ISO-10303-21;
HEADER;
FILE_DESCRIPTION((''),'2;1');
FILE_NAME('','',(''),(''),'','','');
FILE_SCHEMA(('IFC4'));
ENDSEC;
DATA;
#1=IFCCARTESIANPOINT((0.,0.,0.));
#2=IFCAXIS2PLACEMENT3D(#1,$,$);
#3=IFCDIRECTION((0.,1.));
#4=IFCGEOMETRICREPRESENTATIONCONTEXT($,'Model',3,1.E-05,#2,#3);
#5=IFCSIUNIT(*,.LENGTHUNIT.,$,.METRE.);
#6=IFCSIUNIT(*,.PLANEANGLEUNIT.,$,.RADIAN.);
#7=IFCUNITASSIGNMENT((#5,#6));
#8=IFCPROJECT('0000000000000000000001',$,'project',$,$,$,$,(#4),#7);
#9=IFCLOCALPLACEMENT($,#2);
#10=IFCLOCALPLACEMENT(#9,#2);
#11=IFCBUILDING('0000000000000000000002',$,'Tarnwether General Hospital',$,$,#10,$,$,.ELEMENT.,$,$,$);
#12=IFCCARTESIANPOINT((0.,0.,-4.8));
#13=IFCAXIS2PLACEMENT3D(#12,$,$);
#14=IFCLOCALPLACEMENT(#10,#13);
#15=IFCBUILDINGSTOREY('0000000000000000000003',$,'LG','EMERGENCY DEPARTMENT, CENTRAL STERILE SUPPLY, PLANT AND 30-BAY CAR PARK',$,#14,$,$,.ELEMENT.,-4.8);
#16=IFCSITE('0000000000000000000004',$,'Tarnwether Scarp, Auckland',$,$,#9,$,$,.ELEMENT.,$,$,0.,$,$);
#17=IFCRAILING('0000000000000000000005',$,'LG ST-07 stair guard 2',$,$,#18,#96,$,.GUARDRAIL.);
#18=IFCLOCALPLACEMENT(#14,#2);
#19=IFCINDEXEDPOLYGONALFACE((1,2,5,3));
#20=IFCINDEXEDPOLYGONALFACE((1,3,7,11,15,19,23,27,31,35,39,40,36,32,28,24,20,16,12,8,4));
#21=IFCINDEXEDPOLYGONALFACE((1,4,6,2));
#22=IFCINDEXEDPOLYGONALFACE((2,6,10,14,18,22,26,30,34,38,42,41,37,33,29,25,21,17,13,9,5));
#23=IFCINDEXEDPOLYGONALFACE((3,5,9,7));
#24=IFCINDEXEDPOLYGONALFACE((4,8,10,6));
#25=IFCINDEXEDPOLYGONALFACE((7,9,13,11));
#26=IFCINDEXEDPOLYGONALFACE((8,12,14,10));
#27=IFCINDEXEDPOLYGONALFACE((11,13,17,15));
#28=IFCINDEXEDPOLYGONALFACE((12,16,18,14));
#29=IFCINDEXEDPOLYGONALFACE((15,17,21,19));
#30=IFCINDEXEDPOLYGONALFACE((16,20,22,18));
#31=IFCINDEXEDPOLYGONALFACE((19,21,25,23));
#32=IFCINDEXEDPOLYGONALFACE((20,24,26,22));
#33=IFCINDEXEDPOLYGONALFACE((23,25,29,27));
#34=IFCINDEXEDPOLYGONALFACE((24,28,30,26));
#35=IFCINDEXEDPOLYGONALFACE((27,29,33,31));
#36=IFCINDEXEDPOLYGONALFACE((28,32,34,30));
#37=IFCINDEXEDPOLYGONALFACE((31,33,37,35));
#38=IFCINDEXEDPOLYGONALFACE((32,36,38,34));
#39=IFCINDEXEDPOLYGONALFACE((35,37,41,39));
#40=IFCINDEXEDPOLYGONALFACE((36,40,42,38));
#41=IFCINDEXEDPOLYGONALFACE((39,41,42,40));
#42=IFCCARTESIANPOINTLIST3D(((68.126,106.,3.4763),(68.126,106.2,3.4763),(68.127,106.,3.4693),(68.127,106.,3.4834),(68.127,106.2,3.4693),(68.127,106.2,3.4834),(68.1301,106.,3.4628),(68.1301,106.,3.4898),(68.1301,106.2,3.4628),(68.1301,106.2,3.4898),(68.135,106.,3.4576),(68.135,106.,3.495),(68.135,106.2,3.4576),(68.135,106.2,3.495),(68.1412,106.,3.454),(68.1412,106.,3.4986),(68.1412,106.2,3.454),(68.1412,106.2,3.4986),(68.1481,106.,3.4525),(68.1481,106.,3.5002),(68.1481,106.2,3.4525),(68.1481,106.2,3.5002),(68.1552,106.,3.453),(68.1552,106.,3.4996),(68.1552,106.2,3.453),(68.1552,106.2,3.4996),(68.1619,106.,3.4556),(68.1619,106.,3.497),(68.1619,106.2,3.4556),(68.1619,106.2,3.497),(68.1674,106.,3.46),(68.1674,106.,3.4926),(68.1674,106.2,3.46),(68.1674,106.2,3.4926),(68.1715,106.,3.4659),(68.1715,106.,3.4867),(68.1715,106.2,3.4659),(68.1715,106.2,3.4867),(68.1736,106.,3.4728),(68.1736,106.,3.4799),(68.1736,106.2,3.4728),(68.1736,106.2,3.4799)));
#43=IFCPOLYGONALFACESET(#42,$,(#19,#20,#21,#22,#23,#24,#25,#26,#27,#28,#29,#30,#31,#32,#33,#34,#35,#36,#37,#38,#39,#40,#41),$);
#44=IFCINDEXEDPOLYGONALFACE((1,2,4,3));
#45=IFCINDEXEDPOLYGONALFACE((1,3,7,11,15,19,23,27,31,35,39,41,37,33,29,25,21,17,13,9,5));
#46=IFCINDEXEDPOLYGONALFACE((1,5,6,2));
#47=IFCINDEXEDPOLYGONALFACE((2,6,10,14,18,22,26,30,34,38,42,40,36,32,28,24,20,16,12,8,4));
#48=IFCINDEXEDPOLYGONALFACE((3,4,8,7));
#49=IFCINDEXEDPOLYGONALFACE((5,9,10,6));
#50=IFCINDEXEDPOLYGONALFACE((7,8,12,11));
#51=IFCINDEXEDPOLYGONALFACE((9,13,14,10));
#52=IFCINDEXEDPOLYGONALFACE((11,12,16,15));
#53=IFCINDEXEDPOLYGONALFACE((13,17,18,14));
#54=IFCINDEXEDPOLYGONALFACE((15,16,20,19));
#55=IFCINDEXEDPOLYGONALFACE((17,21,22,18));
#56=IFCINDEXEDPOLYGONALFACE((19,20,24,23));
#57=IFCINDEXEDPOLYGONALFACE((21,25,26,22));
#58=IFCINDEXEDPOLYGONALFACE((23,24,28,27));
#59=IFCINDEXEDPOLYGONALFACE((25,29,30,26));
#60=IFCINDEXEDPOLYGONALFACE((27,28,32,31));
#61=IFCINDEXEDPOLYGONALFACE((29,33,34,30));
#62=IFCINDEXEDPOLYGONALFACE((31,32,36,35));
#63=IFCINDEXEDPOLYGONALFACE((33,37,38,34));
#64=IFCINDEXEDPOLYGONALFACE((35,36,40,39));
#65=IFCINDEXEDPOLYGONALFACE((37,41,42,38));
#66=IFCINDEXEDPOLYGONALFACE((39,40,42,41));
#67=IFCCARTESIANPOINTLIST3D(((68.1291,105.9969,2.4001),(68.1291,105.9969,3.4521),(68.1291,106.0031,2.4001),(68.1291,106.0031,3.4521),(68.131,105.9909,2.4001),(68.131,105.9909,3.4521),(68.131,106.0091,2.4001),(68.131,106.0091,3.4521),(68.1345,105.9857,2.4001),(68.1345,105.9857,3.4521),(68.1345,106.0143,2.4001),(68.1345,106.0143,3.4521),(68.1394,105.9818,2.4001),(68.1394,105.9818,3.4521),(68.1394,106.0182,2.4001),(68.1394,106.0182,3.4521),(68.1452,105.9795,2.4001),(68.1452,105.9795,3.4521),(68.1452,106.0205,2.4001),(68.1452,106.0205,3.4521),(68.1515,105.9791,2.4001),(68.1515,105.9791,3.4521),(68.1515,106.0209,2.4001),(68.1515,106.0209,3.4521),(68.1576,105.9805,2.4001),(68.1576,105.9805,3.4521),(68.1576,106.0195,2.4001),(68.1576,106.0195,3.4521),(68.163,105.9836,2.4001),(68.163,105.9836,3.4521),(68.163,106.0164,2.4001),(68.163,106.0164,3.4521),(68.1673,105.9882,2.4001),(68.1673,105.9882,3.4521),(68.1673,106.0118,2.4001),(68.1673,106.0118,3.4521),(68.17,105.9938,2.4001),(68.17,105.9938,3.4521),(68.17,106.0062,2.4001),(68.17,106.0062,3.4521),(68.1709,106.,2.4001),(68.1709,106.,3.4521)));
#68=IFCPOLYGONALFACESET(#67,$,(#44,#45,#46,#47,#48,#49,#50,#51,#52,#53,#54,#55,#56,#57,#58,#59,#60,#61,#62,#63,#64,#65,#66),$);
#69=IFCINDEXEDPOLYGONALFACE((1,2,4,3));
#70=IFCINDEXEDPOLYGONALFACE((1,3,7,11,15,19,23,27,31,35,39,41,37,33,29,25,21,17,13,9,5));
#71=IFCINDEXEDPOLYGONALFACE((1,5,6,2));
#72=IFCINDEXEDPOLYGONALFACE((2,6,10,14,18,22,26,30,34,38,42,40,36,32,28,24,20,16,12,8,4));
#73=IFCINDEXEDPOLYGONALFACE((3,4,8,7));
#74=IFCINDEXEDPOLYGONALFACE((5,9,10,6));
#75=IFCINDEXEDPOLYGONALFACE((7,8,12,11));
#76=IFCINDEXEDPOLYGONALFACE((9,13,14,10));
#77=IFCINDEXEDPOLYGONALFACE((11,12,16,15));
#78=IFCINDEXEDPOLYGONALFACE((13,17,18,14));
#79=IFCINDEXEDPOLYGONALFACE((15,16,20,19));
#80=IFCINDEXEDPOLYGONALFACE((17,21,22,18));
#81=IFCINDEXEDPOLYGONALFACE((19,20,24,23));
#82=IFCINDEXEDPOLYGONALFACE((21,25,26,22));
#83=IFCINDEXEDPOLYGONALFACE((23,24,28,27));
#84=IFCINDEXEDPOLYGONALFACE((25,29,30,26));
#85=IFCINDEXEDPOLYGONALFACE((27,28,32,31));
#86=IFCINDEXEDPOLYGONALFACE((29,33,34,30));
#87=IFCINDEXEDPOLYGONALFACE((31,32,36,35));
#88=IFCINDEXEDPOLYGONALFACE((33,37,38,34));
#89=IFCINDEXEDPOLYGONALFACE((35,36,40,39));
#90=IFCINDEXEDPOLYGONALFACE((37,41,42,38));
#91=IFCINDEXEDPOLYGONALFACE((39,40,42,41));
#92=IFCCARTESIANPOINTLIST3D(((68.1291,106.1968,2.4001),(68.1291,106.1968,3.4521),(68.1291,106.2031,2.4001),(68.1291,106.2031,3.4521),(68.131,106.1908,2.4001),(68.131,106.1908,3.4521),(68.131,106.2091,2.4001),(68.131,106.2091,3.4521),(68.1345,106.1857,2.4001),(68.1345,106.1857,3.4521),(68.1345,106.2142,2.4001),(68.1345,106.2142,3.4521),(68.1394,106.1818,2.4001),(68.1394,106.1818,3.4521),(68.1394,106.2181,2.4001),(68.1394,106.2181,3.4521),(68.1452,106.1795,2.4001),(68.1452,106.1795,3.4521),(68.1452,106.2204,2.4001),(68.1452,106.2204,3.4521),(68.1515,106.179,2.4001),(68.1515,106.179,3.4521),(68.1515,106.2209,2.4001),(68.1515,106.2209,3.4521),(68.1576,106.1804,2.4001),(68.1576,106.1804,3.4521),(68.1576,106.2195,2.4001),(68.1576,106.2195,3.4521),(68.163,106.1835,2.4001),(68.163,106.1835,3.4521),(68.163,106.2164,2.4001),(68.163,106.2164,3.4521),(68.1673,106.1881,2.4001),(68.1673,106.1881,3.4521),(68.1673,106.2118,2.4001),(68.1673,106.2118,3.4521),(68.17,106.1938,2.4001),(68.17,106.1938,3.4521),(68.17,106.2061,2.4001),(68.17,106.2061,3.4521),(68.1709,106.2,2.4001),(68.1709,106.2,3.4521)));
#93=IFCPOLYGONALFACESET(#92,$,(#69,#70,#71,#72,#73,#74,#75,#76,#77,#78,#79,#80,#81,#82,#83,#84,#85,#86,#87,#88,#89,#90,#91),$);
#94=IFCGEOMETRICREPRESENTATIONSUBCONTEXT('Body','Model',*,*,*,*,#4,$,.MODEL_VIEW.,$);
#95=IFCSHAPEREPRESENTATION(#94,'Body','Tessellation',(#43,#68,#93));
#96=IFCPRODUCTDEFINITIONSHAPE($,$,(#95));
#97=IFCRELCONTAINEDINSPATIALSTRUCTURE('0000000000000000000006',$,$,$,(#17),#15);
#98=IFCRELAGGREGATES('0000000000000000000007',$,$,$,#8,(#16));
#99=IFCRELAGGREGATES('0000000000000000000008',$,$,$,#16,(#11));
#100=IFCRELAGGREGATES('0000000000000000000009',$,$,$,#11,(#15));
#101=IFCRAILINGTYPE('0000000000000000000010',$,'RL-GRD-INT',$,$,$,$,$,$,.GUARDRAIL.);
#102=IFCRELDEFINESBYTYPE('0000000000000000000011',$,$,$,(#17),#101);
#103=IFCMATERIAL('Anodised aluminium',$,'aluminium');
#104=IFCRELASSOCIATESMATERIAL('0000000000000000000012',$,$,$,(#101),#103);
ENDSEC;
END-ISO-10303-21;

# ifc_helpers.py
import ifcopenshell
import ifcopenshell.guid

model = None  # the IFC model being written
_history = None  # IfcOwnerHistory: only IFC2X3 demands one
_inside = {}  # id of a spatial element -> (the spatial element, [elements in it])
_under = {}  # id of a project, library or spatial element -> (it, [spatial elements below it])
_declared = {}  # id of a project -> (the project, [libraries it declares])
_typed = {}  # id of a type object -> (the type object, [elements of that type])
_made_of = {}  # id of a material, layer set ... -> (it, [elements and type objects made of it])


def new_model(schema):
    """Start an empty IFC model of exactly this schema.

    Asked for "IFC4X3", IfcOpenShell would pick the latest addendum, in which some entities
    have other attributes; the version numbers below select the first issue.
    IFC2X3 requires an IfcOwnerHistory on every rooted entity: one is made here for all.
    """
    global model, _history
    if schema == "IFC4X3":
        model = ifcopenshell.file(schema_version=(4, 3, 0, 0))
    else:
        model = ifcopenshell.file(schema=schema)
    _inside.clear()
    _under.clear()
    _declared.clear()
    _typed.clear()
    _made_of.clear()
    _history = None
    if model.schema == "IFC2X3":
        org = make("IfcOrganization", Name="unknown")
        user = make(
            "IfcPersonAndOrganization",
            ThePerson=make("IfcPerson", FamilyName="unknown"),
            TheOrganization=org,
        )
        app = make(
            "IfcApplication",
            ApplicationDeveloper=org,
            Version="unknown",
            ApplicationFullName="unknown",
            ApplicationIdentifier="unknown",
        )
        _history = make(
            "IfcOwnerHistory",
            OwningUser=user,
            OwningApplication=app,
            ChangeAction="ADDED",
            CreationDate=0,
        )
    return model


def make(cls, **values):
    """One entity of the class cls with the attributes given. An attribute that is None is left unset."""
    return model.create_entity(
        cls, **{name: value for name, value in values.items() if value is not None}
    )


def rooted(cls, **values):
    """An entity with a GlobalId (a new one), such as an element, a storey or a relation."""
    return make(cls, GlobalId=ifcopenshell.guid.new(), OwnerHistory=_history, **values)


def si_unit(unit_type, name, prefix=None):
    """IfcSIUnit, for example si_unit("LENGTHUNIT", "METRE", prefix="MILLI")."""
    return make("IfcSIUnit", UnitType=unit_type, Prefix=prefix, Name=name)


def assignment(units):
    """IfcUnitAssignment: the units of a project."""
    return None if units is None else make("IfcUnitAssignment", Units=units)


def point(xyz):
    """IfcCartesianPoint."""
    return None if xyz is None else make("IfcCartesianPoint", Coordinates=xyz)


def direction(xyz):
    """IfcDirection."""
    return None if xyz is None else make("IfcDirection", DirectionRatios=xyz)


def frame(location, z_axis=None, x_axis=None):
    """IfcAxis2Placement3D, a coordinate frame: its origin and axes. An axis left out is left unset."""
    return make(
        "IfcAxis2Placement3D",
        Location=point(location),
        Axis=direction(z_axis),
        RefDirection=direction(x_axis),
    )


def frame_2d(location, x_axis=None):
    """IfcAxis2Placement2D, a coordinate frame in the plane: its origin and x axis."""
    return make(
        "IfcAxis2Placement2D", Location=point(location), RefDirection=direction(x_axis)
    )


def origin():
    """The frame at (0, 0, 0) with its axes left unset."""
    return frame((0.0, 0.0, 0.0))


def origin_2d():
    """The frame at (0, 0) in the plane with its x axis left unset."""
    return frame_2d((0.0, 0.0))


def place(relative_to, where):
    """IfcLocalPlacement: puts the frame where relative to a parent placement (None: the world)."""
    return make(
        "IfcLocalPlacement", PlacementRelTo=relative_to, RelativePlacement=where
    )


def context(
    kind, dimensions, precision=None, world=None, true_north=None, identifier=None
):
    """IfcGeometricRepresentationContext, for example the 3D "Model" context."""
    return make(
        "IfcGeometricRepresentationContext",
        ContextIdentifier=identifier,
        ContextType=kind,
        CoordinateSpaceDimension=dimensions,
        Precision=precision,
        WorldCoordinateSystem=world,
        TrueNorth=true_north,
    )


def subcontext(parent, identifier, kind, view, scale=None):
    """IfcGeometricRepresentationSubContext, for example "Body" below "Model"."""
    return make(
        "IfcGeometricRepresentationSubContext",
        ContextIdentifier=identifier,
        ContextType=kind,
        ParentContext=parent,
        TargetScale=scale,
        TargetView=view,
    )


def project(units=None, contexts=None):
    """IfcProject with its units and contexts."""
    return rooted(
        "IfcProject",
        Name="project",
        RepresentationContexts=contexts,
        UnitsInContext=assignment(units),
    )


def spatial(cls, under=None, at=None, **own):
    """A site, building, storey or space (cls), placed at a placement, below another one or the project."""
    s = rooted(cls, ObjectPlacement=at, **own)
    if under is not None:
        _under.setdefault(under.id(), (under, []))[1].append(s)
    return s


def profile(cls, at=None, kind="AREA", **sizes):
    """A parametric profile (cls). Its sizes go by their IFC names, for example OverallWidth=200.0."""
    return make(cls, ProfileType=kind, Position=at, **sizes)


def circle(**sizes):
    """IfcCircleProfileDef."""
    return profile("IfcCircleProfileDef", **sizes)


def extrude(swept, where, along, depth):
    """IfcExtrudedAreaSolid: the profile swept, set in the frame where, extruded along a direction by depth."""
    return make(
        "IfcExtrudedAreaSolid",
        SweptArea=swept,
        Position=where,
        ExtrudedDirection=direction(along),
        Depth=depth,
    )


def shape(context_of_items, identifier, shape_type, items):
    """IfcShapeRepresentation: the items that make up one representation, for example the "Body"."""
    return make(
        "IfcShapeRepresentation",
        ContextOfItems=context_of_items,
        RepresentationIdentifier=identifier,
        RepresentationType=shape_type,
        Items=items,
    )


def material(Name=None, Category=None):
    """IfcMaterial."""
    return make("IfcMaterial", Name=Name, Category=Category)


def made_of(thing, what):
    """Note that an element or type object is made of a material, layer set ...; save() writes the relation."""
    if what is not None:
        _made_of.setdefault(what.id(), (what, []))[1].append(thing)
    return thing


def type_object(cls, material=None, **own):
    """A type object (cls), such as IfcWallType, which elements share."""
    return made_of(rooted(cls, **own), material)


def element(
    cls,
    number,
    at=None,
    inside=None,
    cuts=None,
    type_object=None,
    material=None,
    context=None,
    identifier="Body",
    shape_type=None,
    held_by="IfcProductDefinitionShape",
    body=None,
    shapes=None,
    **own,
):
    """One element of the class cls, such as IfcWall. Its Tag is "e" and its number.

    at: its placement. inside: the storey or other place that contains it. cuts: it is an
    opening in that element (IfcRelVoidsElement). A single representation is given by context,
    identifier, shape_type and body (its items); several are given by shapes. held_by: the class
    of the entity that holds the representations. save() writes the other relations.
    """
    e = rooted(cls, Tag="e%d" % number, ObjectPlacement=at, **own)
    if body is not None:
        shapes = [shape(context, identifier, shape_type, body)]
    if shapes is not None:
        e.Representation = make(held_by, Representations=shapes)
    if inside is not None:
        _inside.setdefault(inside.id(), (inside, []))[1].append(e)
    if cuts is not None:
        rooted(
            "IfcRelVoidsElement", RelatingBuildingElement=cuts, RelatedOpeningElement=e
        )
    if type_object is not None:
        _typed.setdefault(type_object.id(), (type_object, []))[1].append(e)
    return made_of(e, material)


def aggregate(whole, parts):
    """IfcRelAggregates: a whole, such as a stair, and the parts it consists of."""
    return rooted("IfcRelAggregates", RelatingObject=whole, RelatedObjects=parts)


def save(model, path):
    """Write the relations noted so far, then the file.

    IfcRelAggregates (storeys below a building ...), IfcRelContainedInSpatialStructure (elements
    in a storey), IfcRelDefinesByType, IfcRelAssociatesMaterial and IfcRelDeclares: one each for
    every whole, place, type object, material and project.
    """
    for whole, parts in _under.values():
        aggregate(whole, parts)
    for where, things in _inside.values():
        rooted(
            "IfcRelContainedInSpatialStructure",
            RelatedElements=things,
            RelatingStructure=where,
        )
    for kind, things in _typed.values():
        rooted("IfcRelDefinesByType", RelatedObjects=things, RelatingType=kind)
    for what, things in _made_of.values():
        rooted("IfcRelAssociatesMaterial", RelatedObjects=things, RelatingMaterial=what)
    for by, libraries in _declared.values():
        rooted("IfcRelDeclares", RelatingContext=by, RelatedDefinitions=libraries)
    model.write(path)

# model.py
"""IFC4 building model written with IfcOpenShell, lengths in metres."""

from ifc_helpers import new_model, si_unit, direction, frame, origin, origin_2d, place, context, subcontext, project, spatial, circle, extrude, material, type_object, element, save


model = new_model("IFC4")

# Units and contexts
model_context = context("Model", 3, precision=1e-05, world=origin(), true_north=direction((0.0, 1.0)))
body_context = subcontext(model_context, "Body", "Model", "MODEL_VIEW")
ifc_project = project(units=[si_unit("LENGTHUNIT", "METRE"), si_unit("PLANEANGLEUNIT", "RADIAN")], contexts=[model_context])

# Site, building, storey
site_placement = place(None, origin())
site = spatial("IfcSite", under=ifc_project, at=site_placement, Name="Tarnwether Scarp, Auckland", CompositionType="ELEMENT", RefElevation=0.0)
building_placement = place(site_placement, origin())
building = spatial("IfcBuilding", under=site, at=building_placement, Name="Tarnwether General Hospital", CompositionType="ELEMENT")
storey_placement = place(building_placement, frame((0.0, 0.0, -4.8)))
storey = spatial("IfcBuildingStorey", under=building, at=storey_placement, Name="LG", Description="EMERGENCY DEPARTMENT, CENTRAL STERILE SUPPLY, PLANT AND 30-BAY CAR PARK", CompositionType="ELEMENT", Elevation=-4.8)

# Railing
ifc_material_1 = material(Name="Anodised aluminium", Category="aluminium")
railing_type_1 = type_object("IfcRailingType", Name="RL-GRD-INT", PredefinedType="GUARDRAIL", material=ifc_material_1)
railing_1_placement = place(storey_placement, frame((68.1499, 106.0, 2.4001)))
element("IfcRailing", 1, at=railing_1_placement, inside=storey, type_object=railing_type_1, Name="LG ST-07 stair guard 2", PredefinedType="GUARDRAIL", context=body_context, shape_type="SweptSolid", body=[
    extrude(circle(Radius=0.0239, at=origin_2d()), frame((0.0, 0.0, 1.0762), z_axis=(0.0, 1.0, 0.0), x_axis=(-1.0, 0.0, 0.0)), (0.0, 0.0, 1.0), 0.2),
    extrude(circle(Radius=0.021, at=origin_2d()), origin(), (0.0, 0.0, 1.0), 1.052),
    extrude(circle(Radius=0.021, at=origin_2d()), frame((0.0, 0.2, 0.0)), (0.0, 0.0, 1.0), 1.052),
])

save(model, "model.ifc")
